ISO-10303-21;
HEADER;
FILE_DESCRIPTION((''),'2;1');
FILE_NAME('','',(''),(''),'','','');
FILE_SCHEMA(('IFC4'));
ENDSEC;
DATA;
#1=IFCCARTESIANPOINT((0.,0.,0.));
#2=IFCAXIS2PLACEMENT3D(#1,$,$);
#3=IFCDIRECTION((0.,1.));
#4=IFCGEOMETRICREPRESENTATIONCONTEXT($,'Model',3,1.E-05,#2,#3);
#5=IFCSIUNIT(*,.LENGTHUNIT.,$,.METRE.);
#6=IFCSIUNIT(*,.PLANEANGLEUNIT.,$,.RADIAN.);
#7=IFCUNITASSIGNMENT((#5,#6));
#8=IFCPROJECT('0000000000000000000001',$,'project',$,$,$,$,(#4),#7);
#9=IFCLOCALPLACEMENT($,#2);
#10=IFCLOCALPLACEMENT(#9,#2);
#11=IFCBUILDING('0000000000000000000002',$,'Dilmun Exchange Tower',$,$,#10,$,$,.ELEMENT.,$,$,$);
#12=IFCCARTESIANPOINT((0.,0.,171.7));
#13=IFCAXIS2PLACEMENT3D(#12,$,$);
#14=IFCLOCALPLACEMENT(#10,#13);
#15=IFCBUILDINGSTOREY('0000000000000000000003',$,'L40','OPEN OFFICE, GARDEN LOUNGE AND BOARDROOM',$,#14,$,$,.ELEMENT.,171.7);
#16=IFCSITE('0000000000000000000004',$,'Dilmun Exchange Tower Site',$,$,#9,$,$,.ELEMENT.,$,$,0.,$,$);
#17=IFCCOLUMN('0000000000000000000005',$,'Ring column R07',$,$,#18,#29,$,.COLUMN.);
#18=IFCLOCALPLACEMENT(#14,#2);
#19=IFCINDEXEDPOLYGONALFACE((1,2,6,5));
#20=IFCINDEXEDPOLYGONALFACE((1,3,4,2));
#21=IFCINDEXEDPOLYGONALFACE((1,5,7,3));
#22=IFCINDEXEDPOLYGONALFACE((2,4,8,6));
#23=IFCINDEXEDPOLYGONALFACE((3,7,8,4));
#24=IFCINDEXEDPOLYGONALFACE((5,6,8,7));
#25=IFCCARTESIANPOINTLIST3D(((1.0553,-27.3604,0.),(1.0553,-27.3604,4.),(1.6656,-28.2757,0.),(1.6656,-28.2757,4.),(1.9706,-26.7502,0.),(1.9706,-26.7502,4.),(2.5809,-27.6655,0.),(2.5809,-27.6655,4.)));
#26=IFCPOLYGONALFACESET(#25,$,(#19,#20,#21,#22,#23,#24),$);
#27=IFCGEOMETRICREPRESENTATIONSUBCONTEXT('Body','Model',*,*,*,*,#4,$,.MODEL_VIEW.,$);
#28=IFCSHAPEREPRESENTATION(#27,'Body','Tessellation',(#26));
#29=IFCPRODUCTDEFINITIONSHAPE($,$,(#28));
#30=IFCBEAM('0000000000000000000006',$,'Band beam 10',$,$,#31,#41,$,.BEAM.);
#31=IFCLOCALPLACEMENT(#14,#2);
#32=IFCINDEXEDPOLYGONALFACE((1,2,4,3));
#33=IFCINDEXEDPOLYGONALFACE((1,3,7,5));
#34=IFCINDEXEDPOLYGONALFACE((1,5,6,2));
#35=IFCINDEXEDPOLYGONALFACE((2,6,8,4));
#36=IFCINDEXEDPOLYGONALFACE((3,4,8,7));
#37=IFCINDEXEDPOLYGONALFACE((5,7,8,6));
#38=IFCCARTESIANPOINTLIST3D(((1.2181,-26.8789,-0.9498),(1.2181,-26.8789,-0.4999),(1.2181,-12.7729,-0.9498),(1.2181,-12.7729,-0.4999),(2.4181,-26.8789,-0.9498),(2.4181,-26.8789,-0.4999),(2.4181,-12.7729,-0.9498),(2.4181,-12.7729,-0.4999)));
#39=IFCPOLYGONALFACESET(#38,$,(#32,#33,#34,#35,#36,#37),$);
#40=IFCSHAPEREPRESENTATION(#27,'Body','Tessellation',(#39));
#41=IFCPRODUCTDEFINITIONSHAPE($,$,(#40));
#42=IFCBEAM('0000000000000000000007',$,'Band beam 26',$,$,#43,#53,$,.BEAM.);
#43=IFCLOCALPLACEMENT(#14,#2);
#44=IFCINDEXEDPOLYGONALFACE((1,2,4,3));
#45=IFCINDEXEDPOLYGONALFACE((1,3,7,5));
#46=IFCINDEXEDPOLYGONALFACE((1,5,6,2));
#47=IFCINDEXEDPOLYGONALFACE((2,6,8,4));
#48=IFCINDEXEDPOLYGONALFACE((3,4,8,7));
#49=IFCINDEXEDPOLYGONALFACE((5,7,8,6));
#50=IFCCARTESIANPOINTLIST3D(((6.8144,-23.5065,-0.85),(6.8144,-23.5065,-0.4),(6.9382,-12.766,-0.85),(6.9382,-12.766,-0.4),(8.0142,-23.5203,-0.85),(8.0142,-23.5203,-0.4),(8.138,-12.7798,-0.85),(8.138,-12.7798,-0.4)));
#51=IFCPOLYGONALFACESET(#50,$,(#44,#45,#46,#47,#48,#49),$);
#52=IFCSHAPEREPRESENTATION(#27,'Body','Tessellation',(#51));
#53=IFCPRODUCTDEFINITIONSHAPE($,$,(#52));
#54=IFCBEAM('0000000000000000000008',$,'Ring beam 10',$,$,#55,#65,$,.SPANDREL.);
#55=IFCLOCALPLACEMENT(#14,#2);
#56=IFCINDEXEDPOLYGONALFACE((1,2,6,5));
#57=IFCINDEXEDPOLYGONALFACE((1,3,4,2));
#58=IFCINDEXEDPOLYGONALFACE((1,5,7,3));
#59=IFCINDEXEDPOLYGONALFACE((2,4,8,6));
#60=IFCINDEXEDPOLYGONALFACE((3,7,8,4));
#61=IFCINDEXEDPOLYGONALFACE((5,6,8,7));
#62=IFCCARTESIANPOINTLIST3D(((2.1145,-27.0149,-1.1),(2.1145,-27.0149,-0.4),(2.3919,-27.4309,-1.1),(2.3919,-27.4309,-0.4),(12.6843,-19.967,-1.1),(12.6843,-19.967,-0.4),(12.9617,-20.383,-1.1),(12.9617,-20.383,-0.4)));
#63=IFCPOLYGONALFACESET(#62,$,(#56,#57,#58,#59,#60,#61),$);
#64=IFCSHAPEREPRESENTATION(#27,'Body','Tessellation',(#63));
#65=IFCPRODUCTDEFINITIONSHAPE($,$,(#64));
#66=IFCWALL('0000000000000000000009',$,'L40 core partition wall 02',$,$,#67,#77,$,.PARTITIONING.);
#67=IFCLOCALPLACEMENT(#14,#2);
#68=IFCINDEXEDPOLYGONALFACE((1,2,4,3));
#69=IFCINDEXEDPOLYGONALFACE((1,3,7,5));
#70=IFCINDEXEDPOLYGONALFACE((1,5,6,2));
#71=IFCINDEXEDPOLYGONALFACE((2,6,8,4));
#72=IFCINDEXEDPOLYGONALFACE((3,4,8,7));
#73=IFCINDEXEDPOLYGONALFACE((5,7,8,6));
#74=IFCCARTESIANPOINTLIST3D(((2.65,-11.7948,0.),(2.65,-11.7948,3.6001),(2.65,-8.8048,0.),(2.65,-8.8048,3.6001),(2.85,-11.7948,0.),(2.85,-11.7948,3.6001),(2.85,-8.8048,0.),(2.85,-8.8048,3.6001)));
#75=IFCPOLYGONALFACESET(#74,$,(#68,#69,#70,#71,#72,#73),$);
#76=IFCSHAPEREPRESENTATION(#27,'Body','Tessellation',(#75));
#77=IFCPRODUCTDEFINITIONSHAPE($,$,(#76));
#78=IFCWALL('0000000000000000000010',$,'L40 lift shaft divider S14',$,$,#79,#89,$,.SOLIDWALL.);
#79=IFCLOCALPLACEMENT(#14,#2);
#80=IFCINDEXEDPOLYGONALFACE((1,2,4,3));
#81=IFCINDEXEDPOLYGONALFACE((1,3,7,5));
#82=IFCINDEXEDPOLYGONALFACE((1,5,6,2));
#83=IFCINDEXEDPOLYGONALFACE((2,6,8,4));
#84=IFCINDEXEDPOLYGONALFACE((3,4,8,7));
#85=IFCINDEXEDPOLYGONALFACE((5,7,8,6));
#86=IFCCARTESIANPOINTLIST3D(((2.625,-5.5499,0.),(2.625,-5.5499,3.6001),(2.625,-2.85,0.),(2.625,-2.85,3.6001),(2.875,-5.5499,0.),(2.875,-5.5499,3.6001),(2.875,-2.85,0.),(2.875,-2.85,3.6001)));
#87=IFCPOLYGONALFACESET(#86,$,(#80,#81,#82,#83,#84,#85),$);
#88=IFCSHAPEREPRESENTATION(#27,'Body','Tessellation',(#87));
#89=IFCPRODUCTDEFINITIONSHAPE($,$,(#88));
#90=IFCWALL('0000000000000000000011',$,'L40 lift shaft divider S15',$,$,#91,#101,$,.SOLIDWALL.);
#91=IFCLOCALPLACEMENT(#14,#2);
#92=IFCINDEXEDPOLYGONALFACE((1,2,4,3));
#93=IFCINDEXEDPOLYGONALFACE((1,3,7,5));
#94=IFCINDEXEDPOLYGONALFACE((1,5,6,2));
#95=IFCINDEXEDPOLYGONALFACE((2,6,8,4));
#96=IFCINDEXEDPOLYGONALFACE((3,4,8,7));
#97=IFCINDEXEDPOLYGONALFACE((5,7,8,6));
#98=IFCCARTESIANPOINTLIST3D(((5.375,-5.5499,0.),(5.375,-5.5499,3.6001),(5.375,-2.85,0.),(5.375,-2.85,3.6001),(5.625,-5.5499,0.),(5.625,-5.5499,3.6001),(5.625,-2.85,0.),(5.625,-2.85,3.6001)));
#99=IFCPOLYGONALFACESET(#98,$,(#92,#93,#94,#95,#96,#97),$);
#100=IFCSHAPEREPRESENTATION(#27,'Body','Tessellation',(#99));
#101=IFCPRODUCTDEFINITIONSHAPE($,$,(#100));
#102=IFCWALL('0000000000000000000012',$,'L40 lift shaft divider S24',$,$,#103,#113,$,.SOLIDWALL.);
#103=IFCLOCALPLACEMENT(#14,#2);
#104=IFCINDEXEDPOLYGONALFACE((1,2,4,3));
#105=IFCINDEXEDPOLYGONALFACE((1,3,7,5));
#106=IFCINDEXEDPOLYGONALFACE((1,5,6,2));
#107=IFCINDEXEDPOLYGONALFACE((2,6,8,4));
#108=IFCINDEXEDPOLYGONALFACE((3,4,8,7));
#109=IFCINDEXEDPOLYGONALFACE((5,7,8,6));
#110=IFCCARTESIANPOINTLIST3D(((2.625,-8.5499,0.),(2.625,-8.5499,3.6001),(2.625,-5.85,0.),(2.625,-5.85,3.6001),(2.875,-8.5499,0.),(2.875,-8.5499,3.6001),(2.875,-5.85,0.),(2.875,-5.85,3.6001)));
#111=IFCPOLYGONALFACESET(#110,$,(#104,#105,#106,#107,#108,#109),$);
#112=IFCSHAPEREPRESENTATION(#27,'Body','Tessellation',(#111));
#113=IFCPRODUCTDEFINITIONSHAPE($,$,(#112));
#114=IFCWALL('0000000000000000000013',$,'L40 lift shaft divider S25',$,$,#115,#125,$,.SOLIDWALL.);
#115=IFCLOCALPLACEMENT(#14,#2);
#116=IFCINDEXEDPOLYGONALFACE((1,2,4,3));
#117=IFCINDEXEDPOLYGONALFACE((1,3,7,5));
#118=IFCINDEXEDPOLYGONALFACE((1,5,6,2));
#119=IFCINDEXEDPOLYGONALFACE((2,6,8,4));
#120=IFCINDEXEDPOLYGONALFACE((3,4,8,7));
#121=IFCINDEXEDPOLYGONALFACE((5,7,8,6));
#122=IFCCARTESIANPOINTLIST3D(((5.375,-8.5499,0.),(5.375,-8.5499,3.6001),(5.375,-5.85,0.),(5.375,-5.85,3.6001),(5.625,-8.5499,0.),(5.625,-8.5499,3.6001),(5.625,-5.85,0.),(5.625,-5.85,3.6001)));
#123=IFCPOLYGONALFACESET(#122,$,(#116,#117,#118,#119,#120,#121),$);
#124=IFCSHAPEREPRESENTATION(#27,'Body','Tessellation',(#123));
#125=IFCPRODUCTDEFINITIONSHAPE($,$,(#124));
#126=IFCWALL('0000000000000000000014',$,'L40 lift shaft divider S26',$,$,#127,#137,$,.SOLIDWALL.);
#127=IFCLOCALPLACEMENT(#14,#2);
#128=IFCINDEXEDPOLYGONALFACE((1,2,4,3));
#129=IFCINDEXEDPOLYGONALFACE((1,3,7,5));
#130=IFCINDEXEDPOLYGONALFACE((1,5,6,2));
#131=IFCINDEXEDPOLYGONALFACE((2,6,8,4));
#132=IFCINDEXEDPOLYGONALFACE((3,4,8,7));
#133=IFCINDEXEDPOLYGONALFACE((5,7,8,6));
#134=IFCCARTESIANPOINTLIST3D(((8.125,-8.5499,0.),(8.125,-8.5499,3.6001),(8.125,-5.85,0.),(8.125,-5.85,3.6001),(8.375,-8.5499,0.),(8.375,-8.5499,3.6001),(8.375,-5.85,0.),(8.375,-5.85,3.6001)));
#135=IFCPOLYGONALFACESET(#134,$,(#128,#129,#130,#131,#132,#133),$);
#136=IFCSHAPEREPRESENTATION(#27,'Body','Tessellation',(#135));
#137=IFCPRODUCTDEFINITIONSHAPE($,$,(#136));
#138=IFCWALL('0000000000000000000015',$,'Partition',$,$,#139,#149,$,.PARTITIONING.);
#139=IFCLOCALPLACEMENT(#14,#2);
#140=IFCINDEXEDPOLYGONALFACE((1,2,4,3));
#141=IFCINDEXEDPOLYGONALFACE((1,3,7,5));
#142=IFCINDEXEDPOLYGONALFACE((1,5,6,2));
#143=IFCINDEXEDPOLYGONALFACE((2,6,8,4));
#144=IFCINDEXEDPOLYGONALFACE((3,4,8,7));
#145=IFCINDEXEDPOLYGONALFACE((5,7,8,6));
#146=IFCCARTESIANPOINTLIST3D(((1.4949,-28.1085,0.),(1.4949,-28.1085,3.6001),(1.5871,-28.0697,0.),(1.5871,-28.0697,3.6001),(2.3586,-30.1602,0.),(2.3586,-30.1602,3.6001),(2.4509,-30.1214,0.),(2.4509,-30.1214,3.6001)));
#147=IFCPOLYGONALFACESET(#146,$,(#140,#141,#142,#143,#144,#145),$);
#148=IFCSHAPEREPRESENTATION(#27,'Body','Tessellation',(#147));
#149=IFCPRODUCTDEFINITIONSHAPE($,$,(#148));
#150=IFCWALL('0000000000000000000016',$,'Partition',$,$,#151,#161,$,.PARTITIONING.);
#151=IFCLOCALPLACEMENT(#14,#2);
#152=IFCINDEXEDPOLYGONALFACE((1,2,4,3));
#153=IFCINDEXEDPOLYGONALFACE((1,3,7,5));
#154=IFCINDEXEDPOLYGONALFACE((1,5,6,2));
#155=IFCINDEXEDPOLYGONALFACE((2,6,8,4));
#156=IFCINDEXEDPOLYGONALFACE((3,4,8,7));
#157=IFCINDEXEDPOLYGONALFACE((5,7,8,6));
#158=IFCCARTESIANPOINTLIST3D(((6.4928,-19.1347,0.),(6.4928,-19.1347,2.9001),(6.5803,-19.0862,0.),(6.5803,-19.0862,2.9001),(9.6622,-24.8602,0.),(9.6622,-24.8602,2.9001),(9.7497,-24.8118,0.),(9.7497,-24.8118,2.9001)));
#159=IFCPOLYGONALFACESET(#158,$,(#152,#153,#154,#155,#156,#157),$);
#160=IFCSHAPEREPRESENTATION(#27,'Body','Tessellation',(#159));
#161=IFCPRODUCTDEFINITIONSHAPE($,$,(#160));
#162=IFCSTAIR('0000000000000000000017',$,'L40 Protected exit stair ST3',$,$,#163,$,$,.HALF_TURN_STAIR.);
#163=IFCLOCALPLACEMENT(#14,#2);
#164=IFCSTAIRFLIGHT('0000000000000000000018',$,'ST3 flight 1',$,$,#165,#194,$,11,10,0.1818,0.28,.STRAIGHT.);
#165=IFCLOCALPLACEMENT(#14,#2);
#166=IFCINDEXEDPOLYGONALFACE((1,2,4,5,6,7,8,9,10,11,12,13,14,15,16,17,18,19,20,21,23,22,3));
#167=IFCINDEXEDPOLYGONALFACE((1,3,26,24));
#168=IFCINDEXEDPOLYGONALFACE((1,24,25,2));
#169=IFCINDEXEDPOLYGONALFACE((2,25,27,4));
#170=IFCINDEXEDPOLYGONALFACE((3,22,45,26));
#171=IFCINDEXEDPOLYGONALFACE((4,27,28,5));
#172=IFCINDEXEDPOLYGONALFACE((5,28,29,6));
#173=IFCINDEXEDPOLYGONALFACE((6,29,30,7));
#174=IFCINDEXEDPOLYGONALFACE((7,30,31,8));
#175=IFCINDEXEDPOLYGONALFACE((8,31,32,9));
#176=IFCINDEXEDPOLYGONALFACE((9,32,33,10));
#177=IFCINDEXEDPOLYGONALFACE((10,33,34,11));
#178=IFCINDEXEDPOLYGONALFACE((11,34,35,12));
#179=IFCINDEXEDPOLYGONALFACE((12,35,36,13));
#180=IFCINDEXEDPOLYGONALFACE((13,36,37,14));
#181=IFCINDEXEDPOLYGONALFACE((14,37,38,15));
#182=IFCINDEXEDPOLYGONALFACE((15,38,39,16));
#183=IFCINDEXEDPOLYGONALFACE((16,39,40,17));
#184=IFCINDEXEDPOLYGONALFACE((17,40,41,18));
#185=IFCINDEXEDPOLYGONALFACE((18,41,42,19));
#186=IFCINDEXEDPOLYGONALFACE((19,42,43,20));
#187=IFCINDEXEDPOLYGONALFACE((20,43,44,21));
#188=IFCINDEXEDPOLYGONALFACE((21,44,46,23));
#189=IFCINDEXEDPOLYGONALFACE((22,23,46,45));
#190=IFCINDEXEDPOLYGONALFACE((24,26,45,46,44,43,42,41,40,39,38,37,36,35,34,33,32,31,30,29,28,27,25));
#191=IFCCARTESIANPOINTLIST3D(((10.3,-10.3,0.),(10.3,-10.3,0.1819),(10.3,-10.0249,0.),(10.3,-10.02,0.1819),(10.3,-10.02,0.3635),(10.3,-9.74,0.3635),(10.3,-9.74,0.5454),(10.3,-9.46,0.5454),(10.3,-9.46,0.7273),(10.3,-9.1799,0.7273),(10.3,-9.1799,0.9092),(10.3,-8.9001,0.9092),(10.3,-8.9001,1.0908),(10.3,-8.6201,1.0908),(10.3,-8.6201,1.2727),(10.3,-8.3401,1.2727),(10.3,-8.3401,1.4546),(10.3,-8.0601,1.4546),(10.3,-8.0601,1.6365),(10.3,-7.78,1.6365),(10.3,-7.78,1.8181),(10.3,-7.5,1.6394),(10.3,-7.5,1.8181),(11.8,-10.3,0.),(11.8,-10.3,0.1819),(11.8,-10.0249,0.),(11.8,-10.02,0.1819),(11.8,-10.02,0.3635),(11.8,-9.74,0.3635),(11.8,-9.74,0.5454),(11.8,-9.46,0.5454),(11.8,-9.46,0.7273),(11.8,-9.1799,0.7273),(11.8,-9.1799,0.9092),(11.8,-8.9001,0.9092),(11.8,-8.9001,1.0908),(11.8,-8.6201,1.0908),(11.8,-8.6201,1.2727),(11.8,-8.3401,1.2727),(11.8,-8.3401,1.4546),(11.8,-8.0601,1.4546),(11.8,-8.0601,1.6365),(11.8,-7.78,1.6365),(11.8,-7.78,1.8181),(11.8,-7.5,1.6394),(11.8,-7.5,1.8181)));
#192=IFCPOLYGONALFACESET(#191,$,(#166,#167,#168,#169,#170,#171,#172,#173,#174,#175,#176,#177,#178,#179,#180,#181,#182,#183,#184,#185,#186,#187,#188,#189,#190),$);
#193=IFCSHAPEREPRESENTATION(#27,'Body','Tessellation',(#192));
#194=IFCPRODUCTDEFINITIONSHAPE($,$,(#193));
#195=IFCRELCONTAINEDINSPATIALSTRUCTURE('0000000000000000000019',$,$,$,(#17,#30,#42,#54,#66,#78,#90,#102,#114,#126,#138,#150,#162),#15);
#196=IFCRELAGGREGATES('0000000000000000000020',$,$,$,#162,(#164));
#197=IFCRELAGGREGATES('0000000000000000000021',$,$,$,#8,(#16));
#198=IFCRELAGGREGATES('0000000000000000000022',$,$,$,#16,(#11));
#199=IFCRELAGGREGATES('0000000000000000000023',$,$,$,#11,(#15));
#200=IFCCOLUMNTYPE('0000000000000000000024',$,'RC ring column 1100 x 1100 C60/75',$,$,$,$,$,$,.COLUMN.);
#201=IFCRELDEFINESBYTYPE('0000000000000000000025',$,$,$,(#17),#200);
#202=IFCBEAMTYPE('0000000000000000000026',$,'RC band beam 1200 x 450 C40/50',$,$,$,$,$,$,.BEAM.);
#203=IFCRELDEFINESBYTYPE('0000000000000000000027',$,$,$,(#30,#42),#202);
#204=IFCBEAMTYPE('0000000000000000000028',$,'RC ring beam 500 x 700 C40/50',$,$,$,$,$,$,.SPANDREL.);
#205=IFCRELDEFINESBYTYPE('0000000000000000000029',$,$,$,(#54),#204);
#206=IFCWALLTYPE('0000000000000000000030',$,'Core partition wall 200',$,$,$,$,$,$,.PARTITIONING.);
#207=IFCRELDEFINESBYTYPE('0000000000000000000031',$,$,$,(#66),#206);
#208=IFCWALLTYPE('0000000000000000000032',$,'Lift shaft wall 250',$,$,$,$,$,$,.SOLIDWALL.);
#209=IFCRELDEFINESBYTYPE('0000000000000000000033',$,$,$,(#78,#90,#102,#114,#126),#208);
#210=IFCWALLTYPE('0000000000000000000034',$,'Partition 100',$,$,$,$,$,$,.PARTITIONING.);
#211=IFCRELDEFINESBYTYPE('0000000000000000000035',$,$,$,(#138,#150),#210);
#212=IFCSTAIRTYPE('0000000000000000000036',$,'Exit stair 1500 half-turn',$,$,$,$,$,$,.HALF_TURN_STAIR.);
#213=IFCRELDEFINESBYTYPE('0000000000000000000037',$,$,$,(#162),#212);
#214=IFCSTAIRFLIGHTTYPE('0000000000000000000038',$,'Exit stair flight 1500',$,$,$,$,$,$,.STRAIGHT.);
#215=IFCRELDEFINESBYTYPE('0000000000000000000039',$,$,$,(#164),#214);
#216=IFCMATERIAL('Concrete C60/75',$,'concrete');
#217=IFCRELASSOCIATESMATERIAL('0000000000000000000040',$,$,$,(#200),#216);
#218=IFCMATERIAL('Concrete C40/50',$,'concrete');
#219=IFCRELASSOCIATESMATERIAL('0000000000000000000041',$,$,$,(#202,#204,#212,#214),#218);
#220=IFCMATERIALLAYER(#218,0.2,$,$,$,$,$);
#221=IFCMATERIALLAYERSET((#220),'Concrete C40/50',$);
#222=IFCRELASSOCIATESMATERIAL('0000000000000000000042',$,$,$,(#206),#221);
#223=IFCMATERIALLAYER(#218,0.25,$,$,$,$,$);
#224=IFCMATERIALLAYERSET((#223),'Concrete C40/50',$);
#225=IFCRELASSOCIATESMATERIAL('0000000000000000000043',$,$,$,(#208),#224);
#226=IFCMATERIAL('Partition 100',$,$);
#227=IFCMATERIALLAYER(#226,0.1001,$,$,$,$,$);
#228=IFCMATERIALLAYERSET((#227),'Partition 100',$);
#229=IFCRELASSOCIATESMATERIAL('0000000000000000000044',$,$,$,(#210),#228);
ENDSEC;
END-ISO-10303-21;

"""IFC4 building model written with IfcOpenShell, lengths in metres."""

from ifc_helpers import new_model, si_unit, direction, frame, frame_2d, origin, origin_2d, place, context, subcontext, project, spatial, polyline, rectangle, outline, extrude, material, layer, layer_set, material_profile, profile_set, type_object, element, aggregate, save


model = new_model("IFC4")

# Units and contexts
model_context = context("Model", 3, precision=1e-05, world=origin(), true_north=direction((0.0, 1.0)))
body_context = subcontext(model_context, "Body", "Model", "MODEL_VIEW")
ifc_project = project(units=[si_unit("LENGTHUNIT", "METRE"), si_unit("PLANEANGLEUNIT", "RADIAN")], contexts=[model_context])

# Site, building, storey
site_placement = place(None, origin())
site = spatial("IfcSite", under=ifc_project, at=site_placement, Name="Dilmun Exchange Tower Site", CompositionType="ELEMENT", RefElevation=0.0)
building_placement = place(site_placement, origin())
building = spatial("IfcBuilding", under=site, at=building_placement, Name="Dilmun Exchange Tower", CompositionType="ELEMENT")
storey_placement = place(building_placement, frame((0.0, 0.0, 171.7)))
storey = spatial("IfcBuildingStorey", under=building, at=storey_placement, Name="L40", Description="OPEN OFFICE, GARDEN LOUNGE AND BOARDROOM", CompositionType="ELEMENT", Elevation=171.7)

# Column
ifc_material_1 = material(Name="Concrete C60/75", Category="concrete")
ifc_material_profile_1 = material_profile(ifc_material_1, rectangle(XDim=1.1001, YDim=1.1001, at=origin_2d()), Name="1100 x 1100")
ifc_profile_set_1 = profile_set([ifc_material_profile_1], Name="Concrete C60/75")
column_type = type_object("IfcColumnType", Name="RC ring column 1100 x 1100 C60/75", PredefinedType="COLUMN", material=ifc_profile_set_1)
column_placement = place(storey_placement, frame((1.8181, -27.5129, 0.0), z_axis=(0.0, 0.0, 1.0), x_axis=(0.832029, 0.554733, 0.0)))
element("IfcColumn", 1, at=column_placement, inside=storey, type_object=column_type, Name="Ring column R07", PredefinedType="COLUMN", context=body_context, shape_type="SweptSolid", body=[
    extrude(rectangle(XDim=1.1001, YDim=1.1001, at=origin_2d()), origin(), (0.0, 0.0, 1.0), 4.0),
])

# Beams
ifc_material_2 = material(Name="Concrete C40/50", Category="concrete")
ifc_material_profile_2 = material_profile(ifc_material_2, rectangle(XDim=1.2, YDim=0.45, at=origin_2d()), Name="1200 x 450")
ifc_profile_set_2 = profile_set([ifc_material_profile_2], Name="Concrete C40/50")
beam_type_1 = type_object("IfcBeamType", Name="RC band beam 1200 x 450 C40/50", PredefinedType="BEAM", material=ifc_profile_set_2)
beam_1_placement = place(storey_placement, frame((1.8181, -26.8789, -0.7249), z_axis=(0.0, 1.0, 0.0), x_axis=(-1.0, 0.0, 0.0)))
element("IfcBeam", 2, at=beam_1_placement, inside=storey, type_object=beam_type_1, Name="Band beam 10", PredefinedType="BEAM", context=body_context, shape_type="SweptSolid", body=[
    extrude(rectangle(XDim=1.2, YDim=0.45, at=origin_2d()), origin(), (0.0, 0.0, 1.0), 14.106),
])
beam_2_placement = place(storey_placement, frame((7.4143, -23.5134, -0.625), z_axis=(0.011524, 0.999934, 0.0), x_axis=(-0.999934, 0.011524, 0.0)))
element("IfcBeam", 3, at=beam_2_placement, inside=storey, type_object=beam_type_1, Name="Band beam 26", PredefinedType="BEAM", context=body_context, shape_type="SweptSolid", body=[
    extrude(rectangle(XDim=1.2, YDim=0.45, at=origin_2d()), origin(), (0.0, 0.0, 1.0), 10.7412),
])
ifc_material_profile_3 = material_profile(ifc_material_2, rectangle(XDim=0.5, YDim=0.7, at=origin_2d()), Name="500 x 700")
ifc_profile_set_3 = profile_set([ifc_material_profile_3], Name="Concrete C40/50")
beam_type_2 = type_object("IfcBeamType", Name="RC ring beam 500 x 700 C40/50", PredefinedType="SPANDREL", material=ifc_profile_set_3)
beam_3_placement = place(storey_placement, frame((2.2532, -27.2229, -0.75), z_axis=(0.832003, 0.554771, 0.0), x_axis=(-0.554771, 0.832003, 0.0)))
element("IfcBeam", 4, at=beam_3_placement, inside=storey, type_object=beam_type_2, Name="Ring beam 10", PredefinedType="SPANDREL", context=body_context, shape_type="SweptSolid", body=[
    extrude(rectangle(XDim=0.5, YDim=0.7, at=origin_2d()), origin(), (0.0, 0.0, 1.0), 12.7041),
])

# Walls
ifc_layer_1 = layer(ifc_material_2, 0.2)
ifc_layer_set_1 = layer_set([ifc_layer_1], Name="Concrete C40/50")
wall_type_1 = type_object("IfcWallType", Name="Core partition wall 200", PredefinedType="PARTITIONING", material=ifc_layer_set_1)
wall_1_placement = place(storey_placement, frame((2.75, -11.7949, 0.0), z_axis=(0.0, 0.0, 1.0), x_axis=(0.0, 1.0, 0.0)))
element("IfcWall", 5, at=wall_1_placement, inside=storey, type_object=wall_type_1, Name="L40 core partition wall 02", PredefinedType="PARTITIONING", context=body_context, shape_type="SweptSolid", body=[
    extrude(rectangle(XDim=2.99, YDim=0.2, at=frame_2d((1.4951, 0.0))), origin(), (0.0, 0.0, 1.0), 3.6001),
])
ifc_layer_2 = layer(ifc_material_2, 0.25)
ifc_layer_set_2 = layer_set([ifc_layer_2], Name="Concrete C40/50")
wall_type_2 = type_object("IfcWallType", Name="Lift shaft wall 250", PredefinedType="SOLIDWALL", material=ifc_layer_set_2)
for number, where, z_axis, x_axis, name in (
    (6, (2.75, -5.55, 0.0), (0.0, 0.0, 1.0), (0.0, 1.0, 0.0), "L40 lift shaft divider S14"),
    (7, (5.5, -5.55, 0.0), (0.0, 0.0, 1.0), (0.0, 1.0, 0.0), "L40 lift shaft divider S15"),
    (8, (2.75, -8.55, 0.0), (0.0, 0.0, 1.0), (0.0, 1.0, 0.0), "L40 lift shaft divider S24"),
    (9, (5.5, -8.55, 0.0), (0.0, 0.0, 1.0), (0.0, 1.0, 0.0), "L40 lift shaft divider S25"),
    (10, (8.25, -8.55, 0.0), (0.0, 0.0, 1.0), (0.0, 1.0, 0.0), "L40 lift shaft divider S26"),
):
    element("IfcWall", number, at=place(storey_placement, frame(where, z_axis=z_axis, x_axis=x_axis)), inside=storey, type_object=wall_type_2, Name=name, PredefinedType="SOLIDWALL", context=body_context, shape_type="SweptSolid", body=[
        extrude(rectangle(XDim=2.7, YDim=0.25, at=frame_2d((1.3501, 0.0))), origin(), (0.0, 0.0, 1.0), 3.6001),
    ])
ifc_material_3 = material(Name="Partition 100")
ifc_layer_3 = layer(ifc_material_3, 0.1001)
ifc_layer_set_3 = layer_set([ifc_layer_3], Name="Partition 100")
wall_type_3 = type_object("IfcWallType", Name="Partition 100", PredefinedType="PARTITIONING", material=ifc_layer_set_3)
wall_2_placement = place(storey_placement, frame((1.541, -28.0891, 0.0), z_axis=(0.0, 0.0, 1.0), x_axis=(0.388008, -0.921656, 0.0)))
element("IfcWall", 11, at=wall_2_placement, inside=storey, type_object=wall_type_3, Name="Partition", PredefinedType="PARTITIONING", context=body_context, shape_type="SweptSolid", body=[
    extrude(rectangle(XDim=2.2261, YDim=0.1001, at=frame_2d((1.113, 0.0))), origin(), (0.0, 0.0, 1.0), 3.6001),
])
wall_3_placement = place(storey_placement, frame((6.5366, -19.1106, 0.0), z_axis=(0.0, 0.0, 1.0), x_axis=(0.484306, -0.874899, 0.0)))
element("IfcWall", 12, at=wall_3_placement, inside=storey, type_object=wall_type_3, Name="Partition", PredefinedType="PARTITIONING", context=body_context, shape_type="SweptSolid", body=[
    extrude(rectangle(XDim=6.5442, YDim=0.1001, at=frame_2d((3.272, 0.0))), origin(), (0.0, 0.0, 1.0), 2.9001),
])

# Stair, stair flight
stair_type = type_object("IfcStairType", Name="Exit stair 1500 half-turn", PredefinedType="HALF_TURN_STAIR", material=ifc_material_2)
stair_placement = place(storey_placement, origin())
stair = element("IfcStair", 13, at=stair_placement, inside=storey, type_object=stair_type, Name="L40 Protected exit stair ST3", PredefinedType="HALF_TURN_STAIR")
stair_flight_type = type_object("IfcStairFlightType", Name="Exit stair flight 1500", PredefinedType="STRAIGHT", material=ifc_material_2)
stair_flight_1_placement = place(storey_placement, frame((11.05, -10.3, 0.0), z_axis=(0.0, 0.0, 1.0), x_axis=(0.0, 1.0, 0.0)))
stair_flight_1 = element("IfcStairFlight", 14, at=stair_flight_1_placement, type_object=stair_flight_type, Name="ST3 flight 1", NumberOfRisers=11, NumberOfTreads=10, PredefinedType="STRAIGHT", RiserHeight=0.1818, TreadLength=0.28, context=body_context, shape_type="SweptSolid", body=[
    extrude(outline(polyline([(0.0, 0.0), (0.0, 0.1819), (0.28, 0.1819), (0.28, 0.3635), (0.5601, 0.3635), (0.5601, 0.5454), (0.8401, 0.5454), (0.8401, 0.7273), (1.1201, 0.7273), (1.1201, 0.9092), (1.3999, 0.9092), (1.3999, 1.0908), (1.6799, 1.0908), (1.6799, 1.2727), (1.96, 1.2727), (1.96, 1.4546), (2.24, 1.4546), (2.24, 1.6365), (2.52, 1.6365), (2.52, 1.8181), (2.8, 1.8181), (2.8, 2.0), (2.8, 1.6394), (0.2751, 0.0), (0.0, 0.0)])), frame((0.0, 0.75, 0.0), z_axis=(0.0, -1.0, 0.0), x_axis=(1.0, 0.0, 0.0)), (0.0, 0.0, 1.0), 1.5),
])
aggregate(stair, [stair_flight_1])

save(model, "model.ifc")
